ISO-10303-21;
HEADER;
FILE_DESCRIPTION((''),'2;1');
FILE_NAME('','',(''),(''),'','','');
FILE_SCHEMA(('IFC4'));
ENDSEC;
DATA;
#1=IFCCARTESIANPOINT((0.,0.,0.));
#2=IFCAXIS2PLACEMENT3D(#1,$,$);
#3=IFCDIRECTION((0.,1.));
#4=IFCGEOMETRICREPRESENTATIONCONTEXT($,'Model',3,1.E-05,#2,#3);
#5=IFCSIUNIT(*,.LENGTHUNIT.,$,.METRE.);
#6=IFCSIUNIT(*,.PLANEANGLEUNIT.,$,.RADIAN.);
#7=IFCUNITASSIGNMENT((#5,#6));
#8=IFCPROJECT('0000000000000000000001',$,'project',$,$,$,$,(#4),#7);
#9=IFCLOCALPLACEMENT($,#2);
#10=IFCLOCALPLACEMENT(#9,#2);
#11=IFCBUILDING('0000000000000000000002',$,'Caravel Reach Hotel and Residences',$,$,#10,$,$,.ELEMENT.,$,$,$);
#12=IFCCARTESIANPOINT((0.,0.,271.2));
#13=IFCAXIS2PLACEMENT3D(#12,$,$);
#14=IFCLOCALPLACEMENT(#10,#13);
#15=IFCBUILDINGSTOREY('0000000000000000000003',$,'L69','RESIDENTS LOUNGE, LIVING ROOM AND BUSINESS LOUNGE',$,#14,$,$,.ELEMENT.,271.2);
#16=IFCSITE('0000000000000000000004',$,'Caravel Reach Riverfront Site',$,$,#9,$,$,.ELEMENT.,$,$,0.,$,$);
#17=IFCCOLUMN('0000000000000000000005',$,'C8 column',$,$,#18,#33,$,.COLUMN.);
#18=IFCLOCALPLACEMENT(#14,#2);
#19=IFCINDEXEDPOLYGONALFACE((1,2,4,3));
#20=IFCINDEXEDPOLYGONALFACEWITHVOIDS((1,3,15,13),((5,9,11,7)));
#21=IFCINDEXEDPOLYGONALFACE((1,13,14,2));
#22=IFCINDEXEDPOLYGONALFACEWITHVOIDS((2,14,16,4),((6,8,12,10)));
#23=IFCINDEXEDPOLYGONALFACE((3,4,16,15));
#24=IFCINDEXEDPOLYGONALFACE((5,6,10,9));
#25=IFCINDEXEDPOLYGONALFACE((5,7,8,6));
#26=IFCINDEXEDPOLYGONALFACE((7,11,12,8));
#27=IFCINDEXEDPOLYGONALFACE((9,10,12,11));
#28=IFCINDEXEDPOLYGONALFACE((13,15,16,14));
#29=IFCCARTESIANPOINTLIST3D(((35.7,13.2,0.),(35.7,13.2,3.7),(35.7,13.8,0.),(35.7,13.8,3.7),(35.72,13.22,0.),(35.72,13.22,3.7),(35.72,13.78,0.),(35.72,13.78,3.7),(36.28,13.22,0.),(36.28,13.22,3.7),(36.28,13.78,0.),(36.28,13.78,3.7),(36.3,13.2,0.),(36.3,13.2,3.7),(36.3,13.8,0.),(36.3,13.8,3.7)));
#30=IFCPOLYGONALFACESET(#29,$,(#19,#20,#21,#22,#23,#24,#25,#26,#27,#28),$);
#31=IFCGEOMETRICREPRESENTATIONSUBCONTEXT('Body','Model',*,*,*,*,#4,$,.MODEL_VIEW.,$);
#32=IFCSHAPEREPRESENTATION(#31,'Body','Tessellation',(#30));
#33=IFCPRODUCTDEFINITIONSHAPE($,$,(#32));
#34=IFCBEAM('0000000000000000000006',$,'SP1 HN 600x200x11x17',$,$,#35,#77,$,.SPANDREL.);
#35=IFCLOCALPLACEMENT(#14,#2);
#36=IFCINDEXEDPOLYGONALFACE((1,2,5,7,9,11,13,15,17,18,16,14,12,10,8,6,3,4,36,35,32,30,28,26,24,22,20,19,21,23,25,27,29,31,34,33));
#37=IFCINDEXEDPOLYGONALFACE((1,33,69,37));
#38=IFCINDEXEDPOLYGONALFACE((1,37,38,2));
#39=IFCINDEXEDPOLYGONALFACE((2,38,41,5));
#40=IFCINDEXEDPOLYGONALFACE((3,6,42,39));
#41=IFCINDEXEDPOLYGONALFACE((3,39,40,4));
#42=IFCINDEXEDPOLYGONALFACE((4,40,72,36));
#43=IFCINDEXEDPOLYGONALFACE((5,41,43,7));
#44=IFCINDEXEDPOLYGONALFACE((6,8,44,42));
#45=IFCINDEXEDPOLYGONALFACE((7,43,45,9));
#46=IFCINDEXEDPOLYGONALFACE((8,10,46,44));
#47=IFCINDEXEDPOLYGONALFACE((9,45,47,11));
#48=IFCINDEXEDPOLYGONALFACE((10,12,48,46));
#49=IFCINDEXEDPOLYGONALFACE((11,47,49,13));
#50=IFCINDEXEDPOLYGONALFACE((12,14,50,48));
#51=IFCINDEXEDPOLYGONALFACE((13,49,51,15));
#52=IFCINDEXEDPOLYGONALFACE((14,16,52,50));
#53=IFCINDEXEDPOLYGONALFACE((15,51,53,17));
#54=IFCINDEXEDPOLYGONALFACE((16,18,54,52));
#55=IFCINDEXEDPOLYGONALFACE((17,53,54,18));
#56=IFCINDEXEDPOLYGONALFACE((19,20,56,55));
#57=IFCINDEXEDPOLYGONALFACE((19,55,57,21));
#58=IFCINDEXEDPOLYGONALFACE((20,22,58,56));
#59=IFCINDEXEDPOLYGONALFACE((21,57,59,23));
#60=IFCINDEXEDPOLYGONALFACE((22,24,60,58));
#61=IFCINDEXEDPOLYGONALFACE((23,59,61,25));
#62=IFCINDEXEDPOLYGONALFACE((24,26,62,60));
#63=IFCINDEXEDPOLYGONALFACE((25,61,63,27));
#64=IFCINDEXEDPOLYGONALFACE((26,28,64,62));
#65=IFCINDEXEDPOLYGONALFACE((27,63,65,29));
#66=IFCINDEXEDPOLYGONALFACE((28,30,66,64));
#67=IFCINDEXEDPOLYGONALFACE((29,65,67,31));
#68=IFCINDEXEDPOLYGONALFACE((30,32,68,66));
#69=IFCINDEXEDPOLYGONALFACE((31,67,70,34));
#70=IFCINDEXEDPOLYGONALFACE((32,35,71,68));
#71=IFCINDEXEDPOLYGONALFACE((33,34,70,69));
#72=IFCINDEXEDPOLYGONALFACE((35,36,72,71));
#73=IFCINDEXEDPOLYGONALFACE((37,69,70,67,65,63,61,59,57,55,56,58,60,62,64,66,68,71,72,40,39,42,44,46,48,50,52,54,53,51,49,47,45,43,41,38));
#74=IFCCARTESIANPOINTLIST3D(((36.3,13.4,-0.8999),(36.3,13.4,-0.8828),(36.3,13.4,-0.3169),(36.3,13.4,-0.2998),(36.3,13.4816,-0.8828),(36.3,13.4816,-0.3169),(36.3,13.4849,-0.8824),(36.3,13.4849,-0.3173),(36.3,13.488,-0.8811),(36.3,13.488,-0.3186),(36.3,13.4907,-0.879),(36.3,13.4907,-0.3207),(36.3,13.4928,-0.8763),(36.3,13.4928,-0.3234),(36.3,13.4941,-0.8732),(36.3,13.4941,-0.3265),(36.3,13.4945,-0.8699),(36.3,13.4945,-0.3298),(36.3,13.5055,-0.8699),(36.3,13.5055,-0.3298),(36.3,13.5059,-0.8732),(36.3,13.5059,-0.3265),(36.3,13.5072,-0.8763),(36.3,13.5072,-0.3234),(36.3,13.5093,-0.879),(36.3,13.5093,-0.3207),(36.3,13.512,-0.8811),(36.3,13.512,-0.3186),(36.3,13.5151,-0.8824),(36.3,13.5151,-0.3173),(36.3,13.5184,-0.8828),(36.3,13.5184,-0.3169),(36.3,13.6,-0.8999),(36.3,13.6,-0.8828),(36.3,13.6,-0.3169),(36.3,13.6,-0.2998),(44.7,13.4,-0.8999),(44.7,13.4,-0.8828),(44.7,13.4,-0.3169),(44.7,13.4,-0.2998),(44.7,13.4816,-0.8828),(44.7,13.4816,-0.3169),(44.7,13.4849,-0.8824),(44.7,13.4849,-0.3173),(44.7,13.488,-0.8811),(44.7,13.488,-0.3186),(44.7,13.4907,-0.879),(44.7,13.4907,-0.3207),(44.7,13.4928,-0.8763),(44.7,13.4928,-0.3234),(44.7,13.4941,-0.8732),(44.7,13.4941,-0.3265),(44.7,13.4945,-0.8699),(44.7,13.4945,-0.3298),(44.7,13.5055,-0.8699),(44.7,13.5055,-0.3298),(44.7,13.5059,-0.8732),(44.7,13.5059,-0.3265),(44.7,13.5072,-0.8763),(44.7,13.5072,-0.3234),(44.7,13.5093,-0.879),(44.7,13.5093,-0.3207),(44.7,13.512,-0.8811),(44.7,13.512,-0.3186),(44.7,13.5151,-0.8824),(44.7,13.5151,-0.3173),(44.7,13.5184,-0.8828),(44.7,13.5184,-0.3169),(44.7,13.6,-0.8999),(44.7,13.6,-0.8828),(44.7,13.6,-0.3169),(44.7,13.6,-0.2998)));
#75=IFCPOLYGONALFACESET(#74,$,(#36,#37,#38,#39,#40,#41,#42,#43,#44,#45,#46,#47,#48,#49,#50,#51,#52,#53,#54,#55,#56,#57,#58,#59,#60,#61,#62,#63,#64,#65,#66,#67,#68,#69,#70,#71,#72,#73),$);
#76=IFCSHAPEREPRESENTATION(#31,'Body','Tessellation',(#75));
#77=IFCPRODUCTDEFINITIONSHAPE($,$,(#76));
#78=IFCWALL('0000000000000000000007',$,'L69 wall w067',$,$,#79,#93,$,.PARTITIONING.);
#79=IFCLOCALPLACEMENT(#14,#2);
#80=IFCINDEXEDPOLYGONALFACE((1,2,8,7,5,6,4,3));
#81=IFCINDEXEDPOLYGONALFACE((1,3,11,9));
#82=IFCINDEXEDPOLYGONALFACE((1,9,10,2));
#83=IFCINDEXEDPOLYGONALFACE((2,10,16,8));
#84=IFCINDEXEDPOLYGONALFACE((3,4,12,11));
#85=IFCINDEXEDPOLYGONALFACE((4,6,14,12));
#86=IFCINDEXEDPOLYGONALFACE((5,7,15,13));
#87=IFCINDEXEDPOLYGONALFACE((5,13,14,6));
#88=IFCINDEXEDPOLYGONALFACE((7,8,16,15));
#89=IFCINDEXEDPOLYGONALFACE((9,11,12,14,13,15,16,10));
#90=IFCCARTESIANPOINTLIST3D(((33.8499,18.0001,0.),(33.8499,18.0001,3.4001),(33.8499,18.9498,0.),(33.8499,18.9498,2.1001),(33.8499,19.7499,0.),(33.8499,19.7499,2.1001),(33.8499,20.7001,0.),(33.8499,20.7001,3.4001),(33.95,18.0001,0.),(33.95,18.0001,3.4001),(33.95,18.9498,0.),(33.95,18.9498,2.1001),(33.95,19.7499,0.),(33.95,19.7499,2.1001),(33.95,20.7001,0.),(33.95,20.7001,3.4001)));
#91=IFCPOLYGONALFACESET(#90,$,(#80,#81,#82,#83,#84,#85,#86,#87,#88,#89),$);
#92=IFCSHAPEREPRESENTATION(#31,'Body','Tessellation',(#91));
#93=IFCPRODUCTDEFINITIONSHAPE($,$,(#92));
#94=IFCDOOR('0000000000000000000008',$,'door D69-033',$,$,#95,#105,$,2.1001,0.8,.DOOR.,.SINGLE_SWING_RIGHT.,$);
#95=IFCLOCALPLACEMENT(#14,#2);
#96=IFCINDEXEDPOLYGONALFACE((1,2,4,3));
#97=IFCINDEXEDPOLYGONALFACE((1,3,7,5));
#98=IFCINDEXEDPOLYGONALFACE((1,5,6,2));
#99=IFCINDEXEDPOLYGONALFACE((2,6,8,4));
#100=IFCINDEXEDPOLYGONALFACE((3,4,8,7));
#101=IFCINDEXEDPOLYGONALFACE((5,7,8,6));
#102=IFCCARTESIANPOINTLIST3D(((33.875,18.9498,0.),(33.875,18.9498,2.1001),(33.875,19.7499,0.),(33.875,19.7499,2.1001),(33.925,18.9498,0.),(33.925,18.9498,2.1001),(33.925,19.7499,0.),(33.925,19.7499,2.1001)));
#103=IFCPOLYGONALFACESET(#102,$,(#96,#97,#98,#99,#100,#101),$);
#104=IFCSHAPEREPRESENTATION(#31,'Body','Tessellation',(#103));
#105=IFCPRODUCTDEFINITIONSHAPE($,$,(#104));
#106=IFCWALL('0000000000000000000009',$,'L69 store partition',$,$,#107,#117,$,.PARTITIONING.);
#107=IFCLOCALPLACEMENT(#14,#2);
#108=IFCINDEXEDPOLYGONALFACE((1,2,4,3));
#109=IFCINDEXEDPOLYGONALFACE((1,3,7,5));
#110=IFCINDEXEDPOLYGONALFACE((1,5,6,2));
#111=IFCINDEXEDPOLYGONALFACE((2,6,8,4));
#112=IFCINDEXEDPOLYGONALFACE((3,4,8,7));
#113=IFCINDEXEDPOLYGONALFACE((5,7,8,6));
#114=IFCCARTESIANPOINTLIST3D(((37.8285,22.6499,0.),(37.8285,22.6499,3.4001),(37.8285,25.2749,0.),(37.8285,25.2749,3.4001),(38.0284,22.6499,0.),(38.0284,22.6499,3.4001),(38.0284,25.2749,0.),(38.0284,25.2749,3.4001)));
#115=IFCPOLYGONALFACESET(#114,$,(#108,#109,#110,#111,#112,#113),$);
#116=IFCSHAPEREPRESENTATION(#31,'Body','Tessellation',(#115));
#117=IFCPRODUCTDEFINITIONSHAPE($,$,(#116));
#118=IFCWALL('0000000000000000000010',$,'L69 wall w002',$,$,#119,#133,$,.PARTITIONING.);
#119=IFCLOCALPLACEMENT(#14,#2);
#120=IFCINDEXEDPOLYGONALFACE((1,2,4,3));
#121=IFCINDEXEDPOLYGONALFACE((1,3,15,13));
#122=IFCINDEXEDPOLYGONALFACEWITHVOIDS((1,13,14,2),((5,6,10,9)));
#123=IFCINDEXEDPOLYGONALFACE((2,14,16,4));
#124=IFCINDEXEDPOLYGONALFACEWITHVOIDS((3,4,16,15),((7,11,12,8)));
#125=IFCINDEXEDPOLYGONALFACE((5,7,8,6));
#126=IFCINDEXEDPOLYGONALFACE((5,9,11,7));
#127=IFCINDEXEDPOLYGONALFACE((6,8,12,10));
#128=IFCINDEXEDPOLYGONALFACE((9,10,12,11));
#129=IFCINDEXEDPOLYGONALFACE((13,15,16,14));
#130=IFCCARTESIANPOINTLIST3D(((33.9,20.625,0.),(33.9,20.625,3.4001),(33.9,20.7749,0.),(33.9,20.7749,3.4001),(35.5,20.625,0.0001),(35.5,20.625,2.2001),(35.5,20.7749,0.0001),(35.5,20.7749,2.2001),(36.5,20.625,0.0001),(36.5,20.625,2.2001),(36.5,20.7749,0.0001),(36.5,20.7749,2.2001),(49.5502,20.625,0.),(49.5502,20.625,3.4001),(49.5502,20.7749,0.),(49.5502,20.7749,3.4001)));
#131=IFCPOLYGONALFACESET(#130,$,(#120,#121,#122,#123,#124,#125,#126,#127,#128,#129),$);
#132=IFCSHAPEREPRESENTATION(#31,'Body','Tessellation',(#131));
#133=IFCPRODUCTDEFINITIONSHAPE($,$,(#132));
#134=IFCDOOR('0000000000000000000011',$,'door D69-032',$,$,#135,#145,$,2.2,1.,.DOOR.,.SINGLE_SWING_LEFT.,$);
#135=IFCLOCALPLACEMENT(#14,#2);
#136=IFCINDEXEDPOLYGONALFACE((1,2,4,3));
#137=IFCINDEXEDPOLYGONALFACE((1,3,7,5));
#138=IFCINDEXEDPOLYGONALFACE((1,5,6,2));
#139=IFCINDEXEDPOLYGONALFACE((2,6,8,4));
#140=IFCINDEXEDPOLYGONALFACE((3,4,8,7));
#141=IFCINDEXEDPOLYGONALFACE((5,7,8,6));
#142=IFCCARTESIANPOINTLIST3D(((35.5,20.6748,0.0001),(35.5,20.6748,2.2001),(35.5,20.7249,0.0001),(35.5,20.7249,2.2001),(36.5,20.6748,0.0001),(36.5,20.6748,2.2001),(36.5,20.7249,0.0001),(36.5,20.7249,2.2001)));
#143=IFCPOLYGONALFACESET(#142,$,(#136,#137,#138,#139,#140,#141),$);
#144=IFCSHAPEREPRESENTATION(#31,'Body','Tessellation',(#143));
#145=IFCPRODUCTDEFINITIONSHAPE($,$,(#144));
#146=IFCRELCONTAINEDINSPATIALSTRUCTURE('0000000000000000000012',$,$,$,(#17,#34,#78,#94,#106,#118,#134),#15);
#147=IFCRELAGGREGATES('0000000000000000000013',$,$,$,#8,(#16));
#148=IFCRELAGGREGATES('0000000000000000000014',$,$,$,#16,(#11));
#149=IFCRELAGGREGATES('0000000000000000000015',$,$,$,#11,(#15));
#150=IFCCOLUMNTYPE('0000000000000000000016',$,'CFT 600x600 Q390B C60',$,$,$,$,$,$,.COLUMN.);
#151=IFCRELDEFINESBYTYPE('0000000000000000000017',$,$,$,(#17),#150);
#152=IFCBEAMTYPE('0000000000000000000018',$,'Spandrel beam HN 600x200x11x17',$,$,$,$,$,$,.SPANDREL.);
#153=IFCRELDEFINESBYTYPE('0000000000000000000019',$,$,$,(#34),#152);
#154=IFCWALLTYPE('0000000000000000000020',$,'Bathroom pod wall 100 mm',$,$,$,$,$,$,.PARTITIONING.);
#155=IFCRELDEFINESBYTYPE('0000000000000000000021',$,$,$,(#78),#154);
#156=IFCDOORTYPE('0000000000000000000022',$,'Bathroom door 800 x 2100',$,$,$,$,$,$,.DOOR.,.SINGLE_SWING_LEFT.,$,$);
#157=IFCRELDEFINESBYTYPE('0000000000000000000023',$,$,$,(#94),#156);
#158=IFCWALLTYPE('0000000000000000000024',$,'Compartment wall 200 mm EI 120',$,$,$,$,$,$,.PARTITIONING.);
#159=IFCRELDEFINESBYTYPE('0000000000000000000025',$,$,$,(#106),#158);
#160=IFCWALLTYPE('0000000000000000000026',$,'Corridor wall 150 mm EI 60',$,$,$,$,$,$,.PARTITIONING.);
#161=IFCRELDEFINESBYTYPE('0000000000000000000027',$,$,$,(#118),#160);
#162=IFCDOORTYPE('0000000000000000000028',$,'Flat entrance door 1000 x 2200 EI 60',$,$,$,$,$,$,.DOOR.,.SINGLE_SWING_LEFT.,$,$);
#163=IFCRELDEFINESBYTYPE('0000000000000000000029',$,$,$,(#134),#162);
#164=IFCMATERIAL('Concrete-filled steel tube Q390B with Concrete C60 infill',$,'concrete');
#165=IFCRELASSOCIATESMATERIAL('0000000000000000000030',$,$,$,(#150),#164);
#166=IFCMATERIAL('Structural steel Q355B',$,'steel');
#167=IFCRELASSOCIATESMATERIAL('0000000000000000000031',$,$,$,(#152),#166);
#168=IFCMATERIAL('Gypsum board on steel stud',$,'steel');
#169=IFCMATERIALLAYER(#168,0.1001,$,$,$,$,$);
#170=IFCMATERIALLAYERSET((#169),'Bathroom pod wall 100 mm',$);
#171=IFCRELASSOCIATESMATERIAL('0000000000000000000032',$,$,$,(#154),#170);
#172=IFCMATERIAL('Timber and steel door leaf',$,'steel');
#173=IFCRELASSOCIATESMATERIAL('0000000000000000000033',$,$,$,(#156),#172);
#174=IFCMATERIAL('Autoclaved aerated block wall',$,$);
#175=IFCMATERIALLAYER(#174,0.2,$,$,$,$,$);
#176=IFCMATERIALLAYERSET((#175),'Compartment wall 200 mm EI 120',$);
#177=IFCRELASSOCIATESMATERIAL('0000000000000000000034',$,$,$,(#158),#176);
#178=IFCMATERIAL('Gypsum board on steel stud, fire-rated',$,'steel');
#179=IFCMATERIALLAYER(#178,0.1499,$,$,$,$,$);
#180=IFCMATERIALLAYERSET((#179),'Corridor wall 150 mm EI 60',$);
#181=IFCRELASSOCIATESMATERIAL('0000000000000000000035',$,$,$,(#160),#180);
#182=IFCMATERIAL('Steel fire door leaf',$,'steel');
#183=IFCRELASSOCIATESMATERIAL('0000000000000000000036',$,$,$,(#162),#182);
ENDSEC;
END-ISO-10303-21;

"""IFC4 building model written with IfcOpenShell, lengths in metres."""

from ifc_helpers import new_model, si_unit, direction, frame, frame_2d, origin, origin_2d, place, context, subcontext, project, spatial, rectangle, hollow_rectangle, i_section, extrude, material, layer, layer_set, material_profile, profile_set, type_object, element, fill, save


model = new_model("IFC4")

# Units and contexts
model_context = context("Model", 3, precision=1e-05, world=origin(), true_north=direction((0.0, 1.0)))
body_context = subcontext(model_context, "Body", "Model", "MODEL_VIEW")
ifc_project = project(units=[si_unit("LENGTHUNIT", "METRE"), si_unit("PLANEANGLEUNIT", "RADIAN")], contexts=[model_context])

# Site, building, storey
site_placement = place(None, origin())
site = spatial("IfcSite", under=ifc_project, at=site_placement, Name="Caravel Reach Riverfront Site", CompositionType="ELEMENT", RefElevation=0.0)
building_placement = place(site_placement, origin())
building = spatial("IfcBuilding", under=site, at=building_placement, Name="Caravel Reach Hotel and Residences", CompositionType="ELEMENT")
storey_placement = place(building_placement, frame((0.0, 0.0, 271.2)))
storey = spatial("IfcBuildingStorey", under=building, at=storey_placement, Name="L69", Description="RESIDENTS LOUNGE, LIVING ROOM AND BUSINESS LOUNGE", CompositionType="ELEMENT", Elevation=271.2)

# Column
ifc_material_1 = material(Name="Concrete-filled steel tube Q390B with Concrete C60 infill", Category="concrete")
ifc_material_profile_1 = material_profile(ifc_material_1, hollow_rectangle(XDim=0.6001, YDim=0.6001, WallThickness=0.02, at=origin_2d()), Name="RHS 600x600x20")
ifc_profile_set_1 = profile_set([ifc_material_profile_1], Name="Concrete-filled steel tube Q390B with Concrete C60 infill")
column_type = type_object("IfcColumnType", Name="CFT 600x600 Q390B C60", PredefinedType="COLUMN", material=ifc_profile_set_1)
column_placement = place(storey_placement, frame((36.0, 13.5, 0.0), z_axis=(0.0, 0.0, 1.0), x_axis=(1.0, 0.0, 0.0)))
element("IfcColumn", 1, at=column_placement, inside=storey, type_object=column_type, Name="C8 column", PredefinedType="COLUMN", context=body_context, shape_type="SweptSolid", body=[
    extrude(hollow_rectangle(XDim=0.6001, YDim=0.6001, WallThickness=0.02, at=origin_2d()), origin(), (0.0, 0.0, 1.0), 3.7),
])

# Beam
ifc_material_2 = material(Name="Structural steel Q355B", Category="steel")
ifc_material_profile_2 = material_profile(ifc_material_2, i_section(OverallWidth=0.2, OverallDepth=0.6001, WebThickness=0.011, FlangeThickness=0.0171, FilletRadius=0.0129, at=origin_2d()), Name="HN 600x200x11x17")
ifc_profile_set_2 = profile_set([ifc_material_profile_2], Name="Structural steel Q355B")
beam_type = type_object("IfcBeamType", Name="Spandrel beam HN 600x200x11x17", PredefinedType="SPANDREL", material=ifc_profile_set_2)
beam_placement = place(storey_placement, frame((36.3, 13.5, -0.5999), z_axis=(1.0, 0.0, 0.0), x_axis=(0.0, 1.0, 0.0)))
element("IfcBeam", 2, at=beam_placement, inside=storey, type_object=beam_type, Name="SP1 HN 600x200x11x17", PredefinedType="SPANDREL", context=body_context, shape_type="SweptSolid", body=[
    extrude(i_section(OverallWidth=0.2, OverallDepth=0.6001, WebThickness=0.011, FlangeThickness=0.0171, FilletRadius=0.0129, at=origin_2d()), origin(), (0.0, 0.0, 1.0), 8.3999),
])

# Wall, opening, door
ifc_material_3 = material(Name="Gypsum board on steel stud", Category="steel")
ifc_layer_1 = layer(ifc_material_3, 0.1001)
ifc_layer_set_1 = layer_set([ifc_layer_1], Name="Bathroom pod wall 100 mm")
wall_type_1 = type_object("IfcWallType", Name="Bathroom pod wall 100 mm", PredefinedType="PARTITIONING", material=ifc_layer_set_1)
wall_1_placement = place(storey_placement, frame((33.8999, 18.0, 0.0), z_axis=(0.0, 0.0, 1.0), x_axis=(0.0, 1.0, 0.0)))
wall_1 = element("IfcWall", 3, at=wall_1_placement, inside=storey, type_object=wall_type_1, Name="L69 wall w067", PredefinedType="PARTITIONING", context=body_context, shape_type="SweptSolid", body=[
    extrude(rectangle(XDim=2.7, YDim=0.1001, at=frame_2d((1.3501, 0.0))), origin(), (0.0, 0.0, 1.0), 3.4001),
])
opening_1_placement = place(wall_1_placement, frame((0.95, 0.0, 0.0)))
opening_1 = element("IfcOpeningElement", 4, at=opening_1_placement, cuts=wall_1, PredefinedType="OPENING", context=body_context, shape_type="SweptSolid", body=[
    extrude(rectangle(XDim=0.8, YDim=2.1001, at=frame_2d((0.3999, 1.05))), frame((0.0, 0.0601, 0.0), z_axis=(0.0, -1.0, 0.0), x_axis=(1.0, 0.0, 0.0)), (0.0, 0.0, 1.0), 0.1201),
])
ifc_material_4 = material(Name="Timber and steel door leaf", Category="steel")
door_type_1 = type_object("IfcDoorType", Name="Bathroom door 800 x 2100", OperationType="SINGLE_SWING_LEFT", PredefinedType="DOOR", material=ifc_material_4)
door_1_placement = place(opening_1_placement, origin())
door_1 = element("IfcDoor", 5, at=door_1_placement, inside=storey, type_object=door_type_1, Name="door D69-033", OperationType="SINGLE_SWING_RIGHT", OverallHeight=2.1001, OverallWidth=0.8, PredefinedType="DOOR", context=body_context, shape_type="SweptSolid", body=[
    extrude(rectangle(XDim=0.8, YDim=2.1001, at=frame_2d((0.3999, 1.05))), frame((0.0, 0.0249, 0.0), z_axis=(0.0, -1.0, 0.0), x_axis=(1.0, 0.0, 0.0)), (0.0, 0.0, 1.0), 0.05),
])
fill(opening_1, door_1)

# Wall
ifc_material_5 = material(Name="Autoclaved aerated block wall")
ifc_layer_2 = layer(ifc_material_5, 0.2)
ifc_layer_set_2 = layer_set([ifc_layer_2], Name="Compartment wall 200 mm EI 120")
wall_type_2 = type_object("IfcWallType", Name="Compartment wall 200 mm EI 120", PredefinedType="PARTITIONING", material=ifc_layer_set_2)
wall_2_placement = place(storey_placement, frame((37.9285, 22.6499, 0.0), z_axis=(0.0, 0.0, 1.0), x_axis=(0.0, 1.0, 0.0)))
element("IfcWall", 6, at=wall_2_placement, inside=storey, type_object=wall_type_2, Name="L69 store partition", PredefinedType="PARTITIONING", context=body_context, shape_type="SweptSolid", body=[
    extrude(rectangle(XDim=2.625, YDim=0.2, at=frame_2d((1.3125, 0.0))), origin(), (0.0, 0.0, 1.0), 3.4001),
])

# Wall, opening, door
ifc_material_6 = material(Name="Gypsum board on steel stud, fire-rated", Category="steel")
ifc_layer_3 = layer(ifc_material_6, 0.1499)
ifc_layer_set_3 = layer_set([ifc_layer_3], Name="Corridor wall 150 mm EI 60")
wall_type_3 = type_object("IfcWallType", Name="Corridor wall 150 mm EI 60", PredefinedType="PARTITIONING", material=ifc_layer_set_3)
wall_3_placement = place(storey_placement, frame((33.8999, 20.7, 0.0), z_axis=(0.0, 0.0, 1.0), x_axis=(1.0, 0.0, 0.0)))
wall_3 = element("IfcWall", 7, at=wall_3_placement, inside=storey, type_object=wall_type_3, Name="L69 wall w002", PredefinedType="PARTITIONING", context=body_context, shape_type="SweptSolid", body=[
    extrude(rectangle(XDim=15.6501, YDim=0.1499, at=frame_2d((7.8252, 0.0))), origin(), (0.0, 0.0, 1.0), 3.4001),
])
opening_2_placement = place(wall_3_placement, frame((1.6001, 0.0, 0.0)))
opening_2 = element("IfcOpeningElement", 8, at=opening_2_placement, cuts=wall_3, PredefinedType="OPENING", context=body_context, shape_type="SweptSolid", body=[
    extrude(rectangle(XDim=1.0, YDim=2.2, at=frame_2d((0.5, 1.1001))), frame((0.0, 0.085, 0.0), z_axis=(0.0, -1.0, 0.0), x_axis=(1.0, 0.0, 0.0)), (0.0, 0.0, 1.0), 0.1699),
])
ifc_material_7 = material(Name="Steel fire door leaf", Category="steel")
door_type_2 = type_object("IfcDoorType", Name="Flat entrance door 1000 x 2200 EI 60", OperationType="SINGLE_SWING_LEFT", PredefinedType="DOOR", material=ifc_material_7)
door_2_placement = place(opening_2_placement, origin())
door_2 = element("IfcDoor", 9, at=door_2_placement, inside=storey, type_object=door_type_2, Name="door D69-032", OperationType="SINGLE_SWING_LEFT", OverallHeight=2.2, OverallWidth=1.0, PredefinedType="DOOR", context=body_context, shape_type="SweptSolid", body=[
    extrude(rectangle(XDim=1.0, YDim=2.2, at=frame_2d((0.5, 1.1001))), frame((0.0, 0.0249, 0.0), z_axis=(0.0, -1.0, 0.0), x_axis=(1.0, 0.0, 0.0)), (0.0, 0.0, 1.0), 0.05),
])
fill(opening_2, door_2)

save(model, "model.ifc")
